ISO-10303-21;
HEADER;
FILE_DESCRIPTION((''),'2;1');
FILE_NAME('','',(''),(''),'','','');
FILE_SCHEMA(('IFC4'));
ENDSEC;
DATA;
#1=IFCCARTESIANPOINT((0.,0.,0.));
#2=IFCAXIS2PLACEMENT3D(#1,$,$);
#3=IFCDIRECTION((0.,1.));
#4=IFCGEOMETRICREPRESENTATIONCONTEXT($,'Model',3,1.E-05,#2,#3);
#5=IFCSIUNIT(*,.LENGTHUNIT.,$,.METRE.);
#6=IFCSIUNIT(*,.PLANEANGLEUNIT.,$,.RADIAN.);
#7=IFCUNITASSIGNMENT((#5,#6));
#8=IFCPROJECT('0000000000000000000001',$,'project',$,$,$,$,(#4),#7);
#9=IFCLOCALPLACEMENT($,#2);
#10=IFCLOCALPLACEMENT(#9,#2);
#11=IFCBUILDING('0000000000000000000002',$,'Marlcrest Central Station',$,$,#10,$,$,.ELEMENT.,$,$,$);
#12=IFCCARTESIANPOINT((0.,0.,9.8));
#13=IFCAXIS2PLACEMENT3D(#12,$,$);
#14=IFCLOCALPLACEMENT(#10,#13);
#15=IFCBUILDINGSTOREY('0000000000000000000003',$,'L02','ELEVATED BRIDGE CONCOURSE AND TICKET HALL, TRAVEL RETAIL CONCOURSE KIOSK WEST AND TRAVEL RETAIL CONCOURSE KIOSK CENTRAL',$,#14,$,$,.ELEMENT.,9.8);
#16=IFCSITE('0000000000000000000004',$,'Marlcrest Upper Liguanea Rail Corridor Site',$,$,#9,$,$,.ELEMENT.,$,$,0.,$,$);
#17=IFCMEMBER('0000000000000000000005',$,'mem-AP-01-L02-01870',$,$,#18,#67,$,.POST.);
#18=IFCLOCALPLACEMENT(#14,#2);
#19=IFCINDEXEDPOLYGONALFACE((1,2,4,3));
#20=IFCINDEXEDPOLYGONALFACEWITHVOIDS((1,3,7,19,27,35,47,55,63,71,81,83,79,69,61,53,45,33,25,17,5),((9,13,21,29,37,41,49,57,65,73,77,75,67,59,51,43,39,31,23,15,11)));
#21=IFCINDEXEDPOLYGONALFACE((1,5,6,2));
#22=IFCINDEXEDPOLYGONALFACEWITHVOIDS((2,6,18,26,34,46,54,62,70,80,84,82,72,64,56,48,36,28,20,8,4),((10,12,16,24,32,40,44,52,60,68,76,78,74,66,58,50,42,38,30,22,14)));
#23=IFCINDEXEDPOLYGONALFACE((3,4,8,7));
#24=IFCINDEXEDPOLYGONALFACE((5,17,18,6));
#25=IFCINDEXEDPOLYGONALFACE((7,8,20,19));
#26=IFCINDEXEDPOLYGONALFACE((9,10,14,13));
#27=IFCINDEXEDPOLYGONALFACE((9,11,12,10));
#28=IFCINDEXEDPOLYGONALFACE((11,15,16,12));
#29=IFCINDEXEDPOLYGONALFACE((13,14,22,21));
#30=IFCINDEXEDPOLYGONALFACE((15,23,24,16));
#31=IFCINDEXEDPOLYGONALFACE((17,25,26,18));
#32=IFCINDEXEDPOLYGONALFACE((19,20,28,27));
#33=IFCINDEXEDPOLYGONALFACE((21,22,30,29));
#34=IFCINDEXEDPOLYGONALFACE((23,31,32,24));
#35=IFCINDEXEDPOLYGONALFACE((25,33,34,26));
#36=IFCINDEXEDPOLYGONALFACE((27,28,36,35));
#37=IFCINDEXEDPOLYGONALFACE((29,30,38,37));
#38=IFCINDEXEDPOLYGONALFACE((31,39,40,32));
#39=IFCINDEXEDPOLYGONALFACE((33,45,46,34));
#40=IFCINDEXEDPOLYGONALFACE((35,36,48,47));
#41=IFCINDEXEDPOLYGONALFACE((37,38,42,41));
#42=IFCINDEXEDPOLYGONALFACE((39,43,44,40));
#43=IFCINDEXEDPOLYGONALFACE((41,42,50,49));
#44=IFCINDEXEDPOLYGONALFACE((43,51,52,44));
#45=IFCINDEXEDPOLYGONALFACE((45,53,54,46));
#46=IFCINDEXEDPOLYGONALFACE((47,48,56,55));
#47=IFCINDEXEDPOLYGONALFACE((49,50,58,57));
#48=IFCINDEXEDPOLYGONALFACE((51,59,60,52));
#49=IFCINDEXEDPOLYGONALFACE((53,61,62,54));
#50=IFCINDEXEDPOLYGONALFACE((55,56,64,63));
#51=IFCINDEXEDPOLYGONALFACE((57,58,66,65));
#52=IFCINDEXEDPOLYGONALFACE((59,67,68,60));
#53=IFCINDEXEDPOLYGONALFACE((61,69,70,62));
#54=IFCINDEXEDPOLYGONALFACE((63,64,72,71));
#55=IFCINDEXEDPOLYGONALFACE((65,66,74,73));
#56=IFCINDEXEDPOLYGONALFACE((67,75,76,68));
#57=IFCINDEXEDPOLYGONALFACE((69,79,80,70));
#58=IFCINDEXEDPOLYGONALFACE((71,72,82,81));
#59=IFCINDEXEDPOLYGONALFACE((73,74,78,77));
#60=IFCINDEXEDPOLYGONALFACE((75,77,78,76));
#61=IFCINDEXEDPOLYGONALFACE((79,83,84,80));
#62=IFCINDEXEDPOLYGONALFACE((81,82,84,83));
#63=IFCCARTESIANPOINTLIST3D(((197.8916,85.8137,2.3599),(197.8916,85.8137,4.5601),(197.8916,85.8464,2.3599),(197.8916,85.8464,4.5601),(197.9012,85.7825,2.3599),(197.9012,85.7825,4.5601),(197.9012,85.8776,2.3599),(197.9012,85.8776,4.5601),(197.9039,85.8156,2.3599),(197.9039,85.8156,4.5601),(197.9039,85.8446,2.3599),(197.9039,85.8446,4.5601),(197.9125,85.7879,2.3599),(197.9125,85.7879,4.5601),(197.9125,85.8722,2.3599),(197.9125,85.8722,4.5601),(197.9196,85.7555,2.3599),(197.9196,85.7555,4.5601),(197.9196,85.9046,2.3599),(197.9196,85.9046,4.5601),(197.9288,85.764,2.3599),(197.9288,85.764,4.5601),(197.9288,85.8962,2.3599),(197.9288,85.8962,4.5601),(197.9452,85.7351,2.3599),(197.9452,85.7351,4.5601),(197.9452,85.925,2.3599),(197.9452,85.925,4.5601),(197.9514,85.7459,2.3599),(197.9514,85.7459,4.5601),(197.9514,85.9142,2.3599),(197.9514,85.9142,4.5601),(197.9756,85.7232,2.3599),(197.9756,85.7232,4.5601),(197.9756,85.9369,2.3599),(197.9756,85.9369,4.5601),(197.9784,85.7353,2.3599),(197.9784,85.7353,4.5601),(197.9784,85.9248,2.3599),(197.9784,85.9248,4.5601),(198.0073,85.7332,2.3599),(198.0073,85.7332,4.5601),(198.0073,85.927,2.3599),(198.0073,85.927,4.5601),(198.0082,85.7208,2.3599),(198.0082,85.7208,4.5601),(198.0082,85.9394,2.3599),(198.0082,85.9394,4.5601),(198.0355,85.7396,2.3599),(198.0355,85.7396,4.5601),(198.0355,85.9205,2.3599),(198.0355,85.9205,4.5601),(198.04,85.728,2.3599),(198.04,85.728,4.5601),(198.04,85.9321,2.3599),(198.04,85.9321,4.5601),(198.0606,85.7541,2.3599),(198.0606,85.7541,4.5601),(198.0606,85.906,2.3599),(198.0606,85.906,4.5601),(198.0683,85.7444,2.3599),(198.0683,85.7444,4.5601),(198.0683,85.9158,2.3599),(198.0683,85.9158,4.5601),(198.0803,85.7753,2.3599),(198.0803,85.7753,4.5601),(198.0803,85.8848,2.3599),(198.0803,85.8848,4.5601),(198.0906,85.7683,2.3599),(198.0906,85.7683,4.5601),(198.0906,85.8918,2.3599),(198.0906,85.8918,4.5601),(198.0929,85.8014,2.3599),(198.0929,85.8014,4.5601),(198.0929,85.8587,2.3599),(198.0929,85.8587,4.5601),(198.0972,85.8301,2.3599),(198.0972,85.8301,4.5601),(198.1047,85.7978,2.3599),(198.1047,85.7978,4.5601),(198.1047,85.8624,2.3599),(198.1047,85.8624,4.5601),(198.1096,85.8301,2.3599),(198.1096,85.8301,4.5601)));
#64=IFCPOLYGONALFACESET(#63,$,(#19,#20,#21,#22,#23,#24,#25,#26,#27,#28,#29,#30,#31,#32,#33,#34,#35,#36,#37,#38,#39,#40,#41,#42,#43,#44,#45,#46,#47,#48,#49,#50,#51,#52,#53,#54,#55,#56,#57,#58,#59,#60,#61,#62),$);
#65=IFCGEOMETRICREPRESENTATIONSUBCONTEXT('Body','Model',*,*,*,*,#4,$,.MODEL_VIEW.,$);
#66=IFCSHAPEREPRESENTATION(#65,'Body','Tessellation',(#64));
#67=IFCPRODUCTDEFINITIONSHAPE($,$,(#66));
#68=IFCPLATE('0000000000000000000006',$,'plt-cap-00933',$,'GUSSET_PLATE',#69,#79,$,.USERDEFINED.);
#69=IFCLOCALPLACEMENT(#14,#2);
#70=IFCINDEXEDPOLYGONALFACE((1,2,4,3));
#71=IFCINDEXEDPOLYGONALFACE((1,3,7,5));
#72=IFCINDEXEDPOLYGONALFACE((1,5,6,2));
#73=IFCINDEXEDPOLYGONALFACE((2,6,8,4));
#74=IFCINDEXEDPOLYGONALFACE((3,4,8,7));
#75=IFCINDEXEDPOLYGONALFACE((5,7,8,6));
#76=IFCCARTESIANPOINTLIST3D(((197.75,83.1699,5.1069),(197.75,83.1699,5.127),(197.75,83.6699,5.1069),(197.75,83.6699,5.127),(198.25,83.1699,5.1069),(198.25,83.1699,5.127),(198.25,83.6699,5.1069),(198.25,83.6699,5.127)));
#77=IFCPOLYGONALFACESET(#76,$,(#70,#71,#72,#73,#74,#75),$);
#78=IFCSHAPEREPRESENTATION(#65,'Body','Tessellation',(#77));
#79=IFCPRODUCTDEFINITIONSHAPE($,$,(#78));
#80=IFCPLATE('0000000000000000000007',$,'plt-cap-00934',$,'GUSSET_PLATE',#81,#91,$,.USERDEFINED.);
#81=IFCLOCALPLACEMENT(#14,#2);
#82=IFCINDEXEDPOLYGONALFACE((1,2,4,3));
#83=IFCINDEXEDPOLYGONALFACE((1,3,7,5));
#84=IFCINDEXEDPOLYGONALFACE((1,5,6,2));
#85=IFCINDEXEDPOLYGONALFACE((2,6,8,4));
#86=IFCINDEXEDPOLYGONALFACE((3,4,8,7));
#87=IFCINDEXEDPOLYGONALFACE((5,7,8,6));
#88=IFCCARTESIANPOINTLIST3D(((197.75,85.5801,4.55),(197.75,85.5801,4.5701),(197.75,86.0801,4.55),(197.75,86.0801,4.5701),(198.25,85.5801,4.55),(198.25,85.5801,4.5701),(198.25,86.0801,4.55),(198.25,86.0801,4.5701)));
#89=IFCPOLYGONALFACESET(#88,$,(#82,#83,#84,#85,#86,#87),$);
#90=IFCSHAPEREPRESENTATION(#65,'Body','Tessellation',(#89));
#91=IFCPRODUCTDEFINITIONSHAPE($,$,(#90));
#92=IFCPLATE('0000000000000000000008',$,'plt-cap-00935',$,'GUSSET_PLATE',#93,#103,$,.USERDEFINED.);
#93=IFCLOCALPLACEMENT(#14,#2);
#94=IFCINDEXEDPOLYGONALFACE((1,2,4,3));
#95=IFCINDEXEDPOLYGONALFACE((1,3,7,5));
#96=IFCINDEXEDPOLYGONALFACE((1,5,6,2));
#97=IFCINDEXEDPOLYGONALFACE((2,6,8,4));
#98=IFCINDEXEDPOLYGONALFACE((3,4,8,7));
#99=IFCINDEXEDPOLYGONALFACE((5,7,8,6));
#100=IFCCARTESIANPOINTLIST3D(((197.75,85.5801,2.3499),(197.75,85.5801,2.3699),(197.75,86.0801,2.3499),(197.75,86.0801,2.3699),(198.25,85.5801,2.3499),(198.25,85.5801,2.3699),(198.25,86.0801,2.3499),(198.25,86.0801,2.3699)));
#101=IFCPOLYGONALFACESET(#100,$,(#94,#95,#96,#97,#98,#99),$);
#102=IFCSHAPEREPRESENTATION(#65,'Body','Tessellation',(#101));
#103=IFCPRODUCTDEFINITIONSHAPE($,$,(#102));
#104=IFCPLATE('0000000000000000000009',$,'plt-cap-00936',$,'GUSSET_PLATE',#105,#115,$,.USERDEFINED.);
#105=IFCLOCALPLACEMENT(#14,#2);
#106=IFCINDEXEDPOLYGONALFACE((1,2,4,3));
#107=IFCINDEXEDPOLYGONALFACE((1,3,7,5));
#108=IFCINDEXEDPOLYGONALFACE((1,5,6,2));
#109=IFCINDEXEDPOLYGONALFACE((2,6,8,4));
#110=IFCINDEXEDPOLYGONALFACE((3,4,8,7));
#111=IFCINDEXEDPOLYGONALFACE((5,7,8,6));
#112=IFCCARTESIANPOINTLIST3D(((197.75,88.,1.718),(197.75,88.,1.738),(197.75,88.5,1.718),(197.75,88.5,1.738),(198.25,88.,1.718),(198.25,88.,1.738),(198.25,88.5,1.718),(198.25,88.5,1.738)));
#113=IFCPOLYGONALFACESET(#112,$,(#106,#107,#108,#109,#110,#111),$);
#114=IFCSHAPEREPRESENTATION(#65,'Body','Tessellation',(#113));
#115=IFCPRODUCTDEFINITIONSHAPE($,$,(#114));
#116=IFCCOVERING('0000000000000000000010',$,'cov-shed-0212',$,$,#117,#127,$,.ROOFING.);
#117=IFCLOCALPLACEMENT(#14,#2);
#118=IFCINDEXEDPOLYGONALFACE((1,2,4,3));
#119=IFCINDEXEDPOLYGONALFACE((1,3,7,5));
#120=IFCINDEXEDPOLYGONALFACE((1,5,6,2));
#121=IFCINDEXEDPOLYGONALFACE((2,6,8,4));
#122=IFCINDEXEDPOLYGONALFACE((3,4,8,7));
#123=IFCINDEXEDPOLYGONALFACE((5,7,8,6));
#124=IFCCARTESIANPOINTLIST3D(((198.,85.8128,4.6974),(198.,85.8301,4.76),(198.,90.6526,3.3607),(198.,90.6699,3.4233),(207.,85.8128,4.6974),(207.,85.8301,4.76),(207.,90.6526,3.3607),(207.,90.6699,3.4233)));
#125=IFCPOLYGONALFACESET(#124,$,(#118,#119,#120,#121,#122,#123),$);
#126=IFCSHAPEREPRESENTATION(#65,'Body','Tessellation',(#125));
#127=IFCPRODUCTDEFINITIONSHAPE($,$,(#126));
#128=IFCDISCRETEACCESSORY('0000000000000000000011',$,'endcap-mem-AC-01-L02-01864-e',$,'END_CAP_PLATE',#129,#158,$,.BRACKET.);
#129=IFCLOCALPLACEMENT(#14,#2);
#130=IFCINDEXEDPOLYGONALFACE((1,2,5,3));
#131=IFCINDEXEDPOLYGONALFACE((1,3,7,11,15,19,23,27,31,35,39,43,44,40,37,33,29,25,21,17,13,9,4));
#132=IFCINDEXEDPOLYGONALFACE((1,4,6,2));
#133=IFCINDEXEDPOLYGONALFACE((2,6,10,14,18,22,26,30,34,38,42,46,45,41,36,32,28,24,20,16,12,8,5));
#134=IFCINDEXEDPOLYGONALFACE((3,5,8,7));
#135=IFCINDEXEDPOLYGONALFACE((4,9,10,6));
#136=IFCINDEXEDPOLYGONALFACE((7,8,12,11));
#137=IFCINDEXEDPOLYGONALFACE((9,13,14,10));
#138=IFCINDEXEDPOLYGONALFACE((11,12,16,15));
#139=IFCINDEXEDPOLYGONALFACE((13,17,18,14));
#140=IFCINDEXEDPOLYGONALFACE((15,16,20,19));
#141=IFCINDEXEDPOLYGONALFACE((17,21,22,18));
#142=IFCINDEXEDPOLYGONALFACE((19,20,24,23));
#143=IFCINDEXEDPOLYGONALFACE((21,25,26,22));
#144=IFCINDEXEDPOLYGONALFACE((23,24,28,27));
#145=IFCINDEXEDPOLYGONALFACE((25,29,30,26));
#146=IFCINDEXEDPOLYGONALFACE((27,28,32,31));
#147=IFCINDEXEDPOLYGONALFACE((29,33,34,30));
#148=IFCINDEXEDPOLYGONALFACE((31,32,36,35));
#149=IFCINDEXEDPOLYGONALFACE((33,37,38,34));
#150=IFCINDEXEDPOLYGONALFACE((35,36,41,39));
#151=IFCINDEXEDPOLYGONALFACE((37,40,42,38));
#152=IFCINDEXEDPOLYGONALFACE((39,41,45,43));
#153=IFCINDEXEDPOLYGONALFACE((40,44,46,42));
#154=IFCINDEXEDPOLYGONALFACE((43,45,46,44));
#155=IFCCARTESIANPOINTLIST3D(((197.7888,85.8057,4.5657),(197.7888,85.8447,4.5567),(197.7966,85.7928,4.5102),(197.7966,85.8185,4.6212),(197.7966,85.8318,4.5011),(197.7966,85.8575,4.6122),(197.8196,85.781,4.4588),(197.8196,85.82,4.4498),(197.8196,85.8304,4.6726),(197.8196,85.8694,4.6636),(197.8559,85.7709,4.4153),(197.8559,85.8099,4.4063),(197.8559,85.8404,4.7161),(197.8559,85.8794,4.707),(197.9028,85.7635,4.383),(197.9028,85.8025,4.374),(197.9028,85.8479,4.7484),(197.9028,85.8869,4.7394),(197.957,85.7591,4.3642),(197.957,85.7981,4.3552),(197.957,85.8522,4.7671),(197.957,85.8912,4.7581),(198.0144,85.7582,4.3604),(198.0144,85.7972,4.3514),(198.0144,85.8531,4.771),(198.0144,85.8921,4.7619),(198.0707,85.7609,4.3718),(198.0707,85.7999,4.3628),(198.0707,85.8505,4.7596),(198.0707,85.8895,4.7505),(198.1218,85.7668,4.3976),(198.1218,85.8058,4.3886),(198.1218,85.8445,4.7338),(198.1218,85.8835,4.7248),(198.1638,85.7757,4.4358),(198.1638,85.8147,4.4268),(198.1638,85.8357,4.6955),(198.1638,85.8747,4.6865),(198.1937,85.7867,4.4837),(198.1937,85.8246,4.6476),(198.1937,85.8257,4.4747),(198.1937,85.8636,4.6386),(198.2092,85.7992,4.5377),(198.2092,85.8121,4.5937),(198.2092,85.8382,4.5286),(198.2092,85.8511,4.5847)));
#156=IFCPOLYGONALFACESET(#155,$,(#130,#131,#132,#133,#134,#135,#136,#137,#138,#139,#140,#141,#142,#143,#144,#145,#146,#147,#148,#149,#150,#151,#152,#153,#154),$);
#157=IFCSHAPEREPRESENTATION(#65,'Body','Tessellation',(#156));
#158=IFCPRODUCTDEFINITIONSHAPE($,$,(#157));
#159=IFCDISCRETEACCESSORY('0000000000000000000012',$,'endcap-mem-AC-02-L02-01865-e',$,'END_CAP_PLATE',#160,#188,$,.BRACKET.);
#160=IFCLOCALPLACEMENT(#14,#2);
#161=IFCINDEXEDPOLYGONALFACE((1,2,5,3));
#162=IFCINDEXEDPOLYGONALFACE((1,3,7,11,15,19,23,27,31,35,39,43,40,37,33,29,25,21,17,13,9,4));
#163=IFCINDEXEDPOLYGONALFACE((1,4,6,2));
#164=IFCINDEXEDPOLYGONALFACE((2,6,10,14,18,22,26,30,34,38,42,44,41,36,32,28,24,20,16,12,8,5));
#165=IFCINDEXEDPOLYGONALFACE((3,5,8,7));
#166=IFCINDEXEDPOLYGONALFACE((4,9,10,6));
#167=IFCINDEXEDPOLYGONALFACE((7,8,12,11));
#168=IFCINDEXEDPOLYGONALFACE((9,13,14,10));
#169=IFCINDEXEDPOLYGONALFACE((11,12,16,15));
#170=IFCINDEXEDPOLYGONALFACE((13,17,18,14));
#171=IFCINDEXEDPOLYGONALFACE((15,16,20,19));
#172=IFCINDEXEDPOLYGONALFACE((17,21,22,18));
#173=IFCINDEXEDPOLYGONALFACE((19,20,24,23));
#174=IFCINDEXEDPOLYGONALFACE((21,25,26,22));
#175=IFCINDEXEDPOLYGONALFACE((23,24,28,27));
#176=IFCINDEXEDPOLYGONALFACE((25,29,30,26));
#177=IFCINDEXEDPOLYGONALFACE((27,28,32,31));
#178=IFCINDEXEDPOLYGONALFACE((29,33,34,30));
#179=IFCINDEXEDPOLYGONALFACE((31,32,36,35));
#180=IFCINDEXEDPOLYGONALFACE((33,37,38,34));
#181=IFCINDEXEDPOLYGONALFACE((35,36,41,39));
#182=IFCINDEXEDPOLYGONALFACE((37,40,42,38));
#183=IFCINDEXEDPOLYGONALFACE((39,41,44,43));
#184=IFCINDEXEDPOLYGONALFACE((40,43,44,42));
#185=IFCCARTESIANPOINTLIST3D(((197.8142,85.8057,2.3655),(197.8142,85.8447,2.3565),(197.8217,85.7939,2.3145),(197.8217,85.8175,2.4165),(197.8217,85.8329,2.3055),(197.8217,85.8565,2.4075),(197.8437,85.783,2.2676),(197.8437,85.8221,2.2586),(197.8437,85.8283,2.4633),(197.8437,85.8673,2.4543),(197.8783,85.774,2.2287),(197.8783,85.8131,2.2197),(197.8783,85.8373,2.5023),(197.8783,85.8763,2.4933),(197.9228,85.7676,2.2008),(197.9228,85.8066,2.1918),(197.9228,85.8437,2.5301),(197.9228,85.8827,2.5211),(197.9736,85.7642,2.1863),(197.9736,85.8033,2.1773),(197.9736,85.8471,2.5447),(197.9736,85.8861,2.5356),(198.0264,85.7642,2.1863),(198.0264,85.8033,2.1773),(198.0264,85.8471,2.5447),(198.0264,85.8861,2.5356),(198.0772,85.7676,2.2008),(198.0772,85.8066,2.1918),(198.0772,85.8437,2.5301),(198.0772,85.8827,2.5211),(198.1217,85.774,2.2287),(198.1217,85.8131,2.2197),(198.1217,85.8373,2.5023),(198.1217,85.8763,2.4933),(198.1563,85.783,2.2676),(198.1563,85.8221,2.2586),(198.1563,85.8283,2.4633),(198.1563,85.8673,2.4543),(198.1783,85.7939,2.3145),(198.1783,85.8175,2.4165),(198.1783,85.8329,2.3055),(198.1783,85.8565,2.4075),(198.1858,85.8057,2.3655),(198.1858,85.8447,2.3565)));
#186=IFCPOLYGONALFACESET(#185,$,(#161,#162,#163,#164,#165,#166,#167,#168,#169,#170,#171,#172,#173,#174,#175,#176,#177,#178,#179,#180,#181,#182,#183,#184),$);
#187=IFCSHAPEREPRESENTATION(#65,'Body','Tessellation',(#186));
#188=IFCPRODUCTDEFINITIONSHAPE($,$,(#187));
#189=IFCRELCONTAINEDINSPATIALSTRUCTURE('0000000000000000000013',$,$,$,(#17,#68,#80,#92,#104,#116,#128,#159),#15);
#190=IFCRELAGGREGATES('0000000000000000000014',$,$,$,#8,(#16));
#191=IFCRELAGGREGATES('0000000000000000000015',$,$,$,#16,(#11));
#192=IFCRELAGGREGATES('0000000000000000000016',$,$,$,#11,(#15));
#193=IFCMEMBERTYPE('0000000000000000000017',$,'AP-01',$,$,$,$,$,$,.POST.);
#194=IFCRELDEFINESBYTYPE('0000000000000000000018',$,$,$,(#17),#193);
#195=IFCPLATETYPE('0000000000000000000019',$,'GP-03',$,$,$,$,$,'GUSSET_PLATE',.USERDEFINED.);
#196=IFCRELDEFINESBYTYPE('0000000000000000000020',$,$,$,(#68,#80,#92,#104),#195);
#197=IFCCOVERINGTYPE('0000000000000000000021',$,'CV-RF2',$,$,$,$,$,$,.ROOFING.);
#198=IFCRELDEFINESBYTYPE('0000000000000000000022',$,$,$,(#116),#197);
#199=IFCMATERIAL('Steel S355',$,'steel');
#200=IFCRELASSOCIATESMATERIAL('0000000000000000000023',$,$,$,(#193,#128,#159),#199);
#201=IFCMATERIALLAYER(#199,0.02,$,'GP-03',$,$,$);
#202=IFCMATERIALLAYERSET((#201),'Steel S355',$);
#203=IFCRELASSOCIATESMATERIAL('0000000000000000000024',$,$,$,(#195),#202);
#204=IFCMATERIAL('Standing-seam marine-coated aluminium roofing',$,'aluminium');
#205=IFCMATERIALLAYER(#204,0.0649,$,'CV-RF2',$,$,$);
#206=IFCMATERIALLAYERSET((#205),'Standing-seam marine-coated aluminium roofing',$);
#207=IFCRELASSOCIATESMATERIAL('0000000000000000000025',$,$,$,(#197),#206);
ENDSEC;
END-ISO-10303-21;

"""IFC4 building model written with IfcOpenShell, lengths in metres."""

from ifc_helpers import new_model, si_unit, direction, frame, origin, origin_2d, place, context, subcontext, project, spatial, polyline, rectangle, circle, hollow_circle, outline, extrude, material, layer, layer_set, material_profile, profile_set, type_object, element, save


model = new_model("IFC4")

# Units and contexts
model_context = context("Model", 3, precision=1e-05, world=origin(), true_north=direction((0.0, 1.0)))
body_context = subcontext(model_context, "Body", "Model", "MODEL_VIEW")
ifc_project = project(units=[si_unit("LENGTHUNIT", "METRE"), si_unit("PLANEANGLEUNIT", "RADIAN")], contexts=[model_context])

# Site, building, storey
site_placement = place(None, origin())
site = spatial("IfcSite", under=ifc_project, at=site_placement, Name="Marlcrest Upper Liguanea Rail Corridor Site", CompositionType="ELEMENT", RefElevation=0.0)
building_placement = place(site_placement, origin())
building = spatial("IfcBuilding", under=site, at=building_placement, Name="Marlcrest Central Station", CompositionType="ELEMENT")
storey_placement = place(building_placement, frame((0.0, 0.0, 9.8)))
storey = spatial("IfcBuildingStorey", under=building, at=storey_placement, Name="L02", Description="ELEVATED BRIDGE CONCOURSE AND TICKET HALL, TRAVEL RETAIL CONCOURSE KIOSK WEST AND TRAVEL RETAIL CONCOURSE KIOSK CENTRAL", CompositionType="ELEMENT", Elevation=9.8)

# Member
ifc_material_1 = material(Name="Steel S355", Category="steel")
ifc_material_profile_1 = material_profile(ifc_material_1, hollow_circle(Radius=0.1096, WallThickness=0.0125, at=origin_2d()), Name="CHS 219.1x12.5")
ifc_profile_set_1 = profile_set([ifc_material_profile_1], Name="Steel S355")
member_type_1 = type_object("IfcMemberType", Name="AP-01", PredefinedType="POST", material=ifc_profile_set_1)
member_1_placement = place(storey_placement, frame((198.0, 85.8301, 2.3599), z_axis=(0.0, 0.0, 1.0), x_axis=(1.0, 0.0, 0.0)))
element("IfcMember", 1, at=member_1_placement, inside=storey, type_object=member_type_1, Name="mem-AP-01-L02-01870", PredefinedType="POST", context=body_context, shape_type="SweptSolid", body=[
    extrude(hollow_circle(Radius=0.1096, WallThickness=0.0125, at=origin_2d()), origin(), (0.0, 0.0, 1.0), 2.2002),
])

# Plates
ifc_layer_1 = layer(ifc_material_1, 0.02, Name="GP-03")
ifc_layer_set_1 = layer_set([ifc_layer_1], Name="Steel S355")
plate_type = type_object("IfcPlateType", Name="GP-03", ElementType="GUSSET_PLATE", PredefinedType="USERDEFINED", material=ifc_layer_set_1)
for number, where, z_axis, x_axis, name in (
    (2, (198.0, 83.4199, 5.1069), (0.0, 0.0, 1.0), (1.0, 0.0, 0.0), "plt-cap-00933"),
    (3, (198.0, 85.8301, 4.55), (0.0, 0.0, 1.0), (1.0, 0.0, 0.0), "plt-cap-00934"),
    (4, (198.0, 85.8301, 2.3499), (0.0, 0.0, 1.0), (1.0, 0.0, 0.0), "plt-cap-00935"),
    (5, (198.0, 88.25, 1.718), (0.0, 0.0, 1.0), (1.0, 0.0, 0.0), "plt-cap-00936"),
):
    element("IfcPlate", number, at=place(storey_placement, frame(where, z_axis=z_axis, x_axis=x_axis)), inside=storey, type_object=plate_type, Name=name, ObjectType="GUSSET_PLATE", PredefinedType="USERDEFINED", context=body_context, shape_type="SweptSolid", body=[
        extrude(rectangle(XDim=0.5, YDim=0.5, at=origin_2d()), origin(), (0.0, 0.0, 1.0), 0.02),
    ])

# Covering
ifc_material_2 = material(Name="Standing-seam marine-coated aluminium roofing", Category="aluminium")
ifc_layer_2 = layer(ifc_material_2, 0.0649, Name="CV-RF2")
ifc_layer_set_2 = layer_set([ifc_layer_2], Name="Standing-seam marine-coated aluminium roofing")
covering_type = type_object("IfcCoveringType", Name="CV-RF2", PredefinedType="ROOFING", material=ifc_layer_set_2)
covering_placement = place(storey_placement, frame((198.0, 85.8301, 4.76), z_axis=(0.0, 0.266214, 0.963914), x_axis=(1.0, 0.0, 0.0)))
element("IfcCovering", 6, at=covering_placement, inside=storey, type_object=covering_type, Name="cov-shed-0212", PredefinedType="ROOFING", context=body_context, shape_type="SweptSolid", body=[
    extrude(outline(polyline([(0.0, 0.0), (9.0, 0.0), (9.0, 5.021), (0.0, 5.021), (0.0, 0.0)])), origin(), (0.0, 0.0, -1.0), 0.0649),
])

# Discrete accessories
discrete_accessory_1_placement = place(storey_placement, frame((198.0, 85.8057, 4.5657), z_axis=(0.0, 0.97433, -0.225126), x_axis=(-1.0, 0.0, 0.0)))
element("IfcDiscreteAccessory", 7, at=discrete_accessory_1_placement, inside=storey, material=ifc_material_1, Name="endcap-mem-AC-01-L02-01864-e", ObjectType="END_CAP_PLATE", PredefinedType="BRACKET", context=body_context, shape_type="SweptSolid", body=[
    extrude(circle(Radius=0.2112, at=origin_2d()), origin(), (0.0, 0.0, 1.0), 0.04),
])
discrete_accessory_2_placement = place(storey_placement, frame((198.0, 85.8057, 2.3655), z_axis=(0.0, 0.974308, -0.22522), x_axis=(-1.0, 0.0, 0.0)))
element("IfcDiscreteAccessory", 8, at=discrete_accessory_2_placement, inside=storey, material=ifc_material_1, Name="endcap-mem-AC-02-L02-01865-e", ObjectType="END_CAP_PLATE", PredefinedType="BRACKET", context=body_context, shape_type="SweptSolid", body=[
    extrude(circle(Radius=0.1858, at=origin_2d()), origin(), (0.0, 0.0, 1.0), 0.04),
])

save(model, "model.ifc")
